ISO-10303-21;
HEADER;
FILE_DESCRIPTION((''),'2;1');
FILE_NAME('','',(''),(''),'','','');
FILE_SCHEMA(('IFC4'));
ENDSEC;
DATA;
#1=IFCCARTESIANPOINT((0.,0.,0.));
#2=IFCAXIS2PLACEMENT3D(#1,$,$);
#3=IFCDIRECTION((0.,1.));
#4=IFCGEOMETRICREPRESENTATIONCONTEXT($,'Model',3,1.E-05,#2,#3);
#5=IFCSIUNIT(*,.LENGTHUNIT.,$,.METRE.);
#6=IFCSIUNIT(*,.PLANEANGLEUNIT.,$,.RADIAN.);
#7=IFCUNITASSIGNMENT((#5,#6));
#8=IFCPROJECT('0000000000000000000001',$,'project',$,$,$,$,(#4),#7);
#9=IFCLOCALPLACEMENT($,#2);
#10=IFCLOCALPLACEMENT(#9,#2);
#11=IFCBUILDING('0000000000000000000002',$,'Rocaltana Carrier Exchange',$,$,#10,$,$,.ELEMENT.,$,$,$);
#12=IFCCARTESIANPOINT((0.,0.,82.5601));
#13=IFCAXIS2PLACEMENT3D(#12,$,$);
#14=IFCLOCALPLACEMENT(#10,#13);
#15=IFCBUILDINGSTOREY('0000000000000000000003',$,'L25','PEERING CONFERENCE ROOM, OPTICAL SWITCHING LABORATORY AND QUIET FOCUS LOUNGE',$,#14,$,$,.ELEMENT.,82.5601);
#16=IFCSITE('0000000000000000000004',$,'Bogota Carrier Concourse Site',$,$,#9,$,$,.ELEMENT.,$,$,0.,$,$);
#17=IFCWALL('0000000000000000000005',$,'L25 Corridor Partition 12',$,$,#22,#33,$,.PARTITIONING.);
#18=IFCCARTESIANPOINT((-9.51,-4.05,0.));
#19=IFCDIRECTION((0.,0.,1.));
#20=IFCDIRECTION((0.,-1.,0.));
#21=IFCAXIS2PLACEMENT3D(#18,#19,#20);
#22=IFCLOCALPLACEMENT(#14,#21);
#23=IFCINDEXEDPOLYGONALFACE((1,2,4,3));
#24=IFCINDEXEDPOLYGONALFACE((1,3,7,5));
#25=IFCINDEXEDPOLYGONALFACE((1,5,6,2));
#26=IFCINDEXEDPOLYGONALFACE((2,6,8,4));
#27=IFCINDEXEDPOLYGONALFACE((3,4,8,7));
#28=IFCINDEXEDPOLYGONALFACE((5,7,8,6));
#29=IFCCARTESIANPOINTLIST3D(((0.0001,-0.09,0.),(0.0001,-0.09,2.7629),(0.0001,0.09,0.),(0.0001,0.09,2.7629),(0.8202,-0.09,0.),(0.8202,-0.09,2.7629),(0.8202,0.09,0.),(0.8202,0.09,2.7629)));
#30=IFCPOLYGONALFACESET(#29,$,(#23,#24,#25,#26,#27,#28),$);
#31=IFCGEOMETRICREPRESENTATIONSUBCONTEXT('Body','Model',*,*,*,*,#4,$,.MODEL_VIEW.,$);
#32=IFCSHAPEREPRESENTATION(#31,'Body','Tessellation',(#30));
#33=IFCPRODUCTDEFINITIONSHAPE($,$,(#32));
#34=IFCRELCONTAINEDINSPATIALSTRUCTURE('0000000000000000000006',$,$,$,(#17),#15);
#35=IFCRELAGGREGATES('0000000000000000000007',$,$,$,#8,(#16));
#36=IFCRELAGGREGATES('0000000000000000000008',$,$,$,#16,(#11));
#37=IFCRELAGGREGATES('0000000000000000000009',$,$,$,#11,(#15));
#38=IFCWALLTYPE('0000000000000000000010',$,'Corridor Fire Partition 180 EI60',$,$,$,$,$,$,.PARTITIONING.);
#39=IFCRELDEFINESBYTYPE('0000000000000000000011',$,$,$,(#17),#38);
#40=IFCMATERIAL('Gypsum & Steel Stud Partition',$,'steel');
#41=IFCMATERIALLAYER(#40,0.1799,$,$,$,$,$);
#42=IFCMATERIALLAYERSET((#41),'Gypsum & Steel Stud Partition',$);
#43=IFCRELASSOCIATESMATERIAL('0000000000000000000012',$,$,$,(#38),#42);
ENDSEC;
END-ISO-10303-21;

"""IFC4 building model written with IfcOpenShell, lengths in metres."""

from ifc_helpers import new_model, si_unit, direction, frame, frame_2d, origin, place, context, subcontext, project, spatial, rectangle, extrude, material, layer, layer_set, type_object, element, save


model = new_model("IFC4")

# Units and contexts
model_context = context("Model", 3, precision=1e-05, world=origin(), true_north=direction((0.0, 1.0)))
body_context = subcontext(model_context, "Body", "Model", "MODEL_VIEW")
ifc_project = project(units=[si_unit("LENGTHUNIT", "METRE"), si_unit("PLANEANGLEUNIT", "RADIAN")], contexts=[model_context])

# Site, building, storey
site_placement = place(None, origin())
site = spatial("IfcSite", under=ifc_project, at=site_placement, Name="Bogota Carrier Concourse Site", CompositionType="ELEMENT", RefElevation=0.0)
building_placement = place(site_placement, origin())
building = spatial("IfcBuilding", under=site, at=building_placement, Name="Rocaltana Carrier Exchange", CompositionType="ELEMENT")
storey_placement = place(building_placement, frame((0.0, 0.0, 82.5601)))
storey = spatial("IfcBuildingStorey", under=building, at=storey_placement, Name="L25", Description="PEERING CONFERENCE ROOM, OPTICAL SWITCHING LABORATORY AND QUIET FOCUS LOUNGE", CompositionType="ELEMENT", Elevation=82.5601)

# Shared definitions
ifc_material_1 = material(Name="Gypsum & Steel Stud Partition", Category="steel")
ifc_layer_1 = layer(ifc_material_1, 0.1799)
ifc_layer_set_1 = layer_set([ifc_layer_1], Name="Gypsum & Steel Stud Partition")
wall_type_1 = type_object("IfcWallType", Name="Corridor Fire Partition 180 EI60", PredefinedType="PARTITIONING", material=ifc_layer_set_1)

# Wall
wall_1_placement = place(storey_placement, frame((-9.51, -4.05, 0.0), z_axis=(0.0, 0.0, 1.0), x_axis=(0.0, -1.0, 0.0)))
element("IfcWall", 1, at=wall_1_placement, inside=storey, type_object=wall_type_1, Name="L25 Corridor Partition 12", PredefinedType="PARTITIONING", context=body_context, shape_type="SweptSolid", body=[
    extrude(rectangle(XDim=0.8201, YDim=0.1799, at=frame_2d((0.4102, 0.0))), origin(), (0.0, 0.0, 1.0), 2.7629),
])

save(model, "model.ifc")
